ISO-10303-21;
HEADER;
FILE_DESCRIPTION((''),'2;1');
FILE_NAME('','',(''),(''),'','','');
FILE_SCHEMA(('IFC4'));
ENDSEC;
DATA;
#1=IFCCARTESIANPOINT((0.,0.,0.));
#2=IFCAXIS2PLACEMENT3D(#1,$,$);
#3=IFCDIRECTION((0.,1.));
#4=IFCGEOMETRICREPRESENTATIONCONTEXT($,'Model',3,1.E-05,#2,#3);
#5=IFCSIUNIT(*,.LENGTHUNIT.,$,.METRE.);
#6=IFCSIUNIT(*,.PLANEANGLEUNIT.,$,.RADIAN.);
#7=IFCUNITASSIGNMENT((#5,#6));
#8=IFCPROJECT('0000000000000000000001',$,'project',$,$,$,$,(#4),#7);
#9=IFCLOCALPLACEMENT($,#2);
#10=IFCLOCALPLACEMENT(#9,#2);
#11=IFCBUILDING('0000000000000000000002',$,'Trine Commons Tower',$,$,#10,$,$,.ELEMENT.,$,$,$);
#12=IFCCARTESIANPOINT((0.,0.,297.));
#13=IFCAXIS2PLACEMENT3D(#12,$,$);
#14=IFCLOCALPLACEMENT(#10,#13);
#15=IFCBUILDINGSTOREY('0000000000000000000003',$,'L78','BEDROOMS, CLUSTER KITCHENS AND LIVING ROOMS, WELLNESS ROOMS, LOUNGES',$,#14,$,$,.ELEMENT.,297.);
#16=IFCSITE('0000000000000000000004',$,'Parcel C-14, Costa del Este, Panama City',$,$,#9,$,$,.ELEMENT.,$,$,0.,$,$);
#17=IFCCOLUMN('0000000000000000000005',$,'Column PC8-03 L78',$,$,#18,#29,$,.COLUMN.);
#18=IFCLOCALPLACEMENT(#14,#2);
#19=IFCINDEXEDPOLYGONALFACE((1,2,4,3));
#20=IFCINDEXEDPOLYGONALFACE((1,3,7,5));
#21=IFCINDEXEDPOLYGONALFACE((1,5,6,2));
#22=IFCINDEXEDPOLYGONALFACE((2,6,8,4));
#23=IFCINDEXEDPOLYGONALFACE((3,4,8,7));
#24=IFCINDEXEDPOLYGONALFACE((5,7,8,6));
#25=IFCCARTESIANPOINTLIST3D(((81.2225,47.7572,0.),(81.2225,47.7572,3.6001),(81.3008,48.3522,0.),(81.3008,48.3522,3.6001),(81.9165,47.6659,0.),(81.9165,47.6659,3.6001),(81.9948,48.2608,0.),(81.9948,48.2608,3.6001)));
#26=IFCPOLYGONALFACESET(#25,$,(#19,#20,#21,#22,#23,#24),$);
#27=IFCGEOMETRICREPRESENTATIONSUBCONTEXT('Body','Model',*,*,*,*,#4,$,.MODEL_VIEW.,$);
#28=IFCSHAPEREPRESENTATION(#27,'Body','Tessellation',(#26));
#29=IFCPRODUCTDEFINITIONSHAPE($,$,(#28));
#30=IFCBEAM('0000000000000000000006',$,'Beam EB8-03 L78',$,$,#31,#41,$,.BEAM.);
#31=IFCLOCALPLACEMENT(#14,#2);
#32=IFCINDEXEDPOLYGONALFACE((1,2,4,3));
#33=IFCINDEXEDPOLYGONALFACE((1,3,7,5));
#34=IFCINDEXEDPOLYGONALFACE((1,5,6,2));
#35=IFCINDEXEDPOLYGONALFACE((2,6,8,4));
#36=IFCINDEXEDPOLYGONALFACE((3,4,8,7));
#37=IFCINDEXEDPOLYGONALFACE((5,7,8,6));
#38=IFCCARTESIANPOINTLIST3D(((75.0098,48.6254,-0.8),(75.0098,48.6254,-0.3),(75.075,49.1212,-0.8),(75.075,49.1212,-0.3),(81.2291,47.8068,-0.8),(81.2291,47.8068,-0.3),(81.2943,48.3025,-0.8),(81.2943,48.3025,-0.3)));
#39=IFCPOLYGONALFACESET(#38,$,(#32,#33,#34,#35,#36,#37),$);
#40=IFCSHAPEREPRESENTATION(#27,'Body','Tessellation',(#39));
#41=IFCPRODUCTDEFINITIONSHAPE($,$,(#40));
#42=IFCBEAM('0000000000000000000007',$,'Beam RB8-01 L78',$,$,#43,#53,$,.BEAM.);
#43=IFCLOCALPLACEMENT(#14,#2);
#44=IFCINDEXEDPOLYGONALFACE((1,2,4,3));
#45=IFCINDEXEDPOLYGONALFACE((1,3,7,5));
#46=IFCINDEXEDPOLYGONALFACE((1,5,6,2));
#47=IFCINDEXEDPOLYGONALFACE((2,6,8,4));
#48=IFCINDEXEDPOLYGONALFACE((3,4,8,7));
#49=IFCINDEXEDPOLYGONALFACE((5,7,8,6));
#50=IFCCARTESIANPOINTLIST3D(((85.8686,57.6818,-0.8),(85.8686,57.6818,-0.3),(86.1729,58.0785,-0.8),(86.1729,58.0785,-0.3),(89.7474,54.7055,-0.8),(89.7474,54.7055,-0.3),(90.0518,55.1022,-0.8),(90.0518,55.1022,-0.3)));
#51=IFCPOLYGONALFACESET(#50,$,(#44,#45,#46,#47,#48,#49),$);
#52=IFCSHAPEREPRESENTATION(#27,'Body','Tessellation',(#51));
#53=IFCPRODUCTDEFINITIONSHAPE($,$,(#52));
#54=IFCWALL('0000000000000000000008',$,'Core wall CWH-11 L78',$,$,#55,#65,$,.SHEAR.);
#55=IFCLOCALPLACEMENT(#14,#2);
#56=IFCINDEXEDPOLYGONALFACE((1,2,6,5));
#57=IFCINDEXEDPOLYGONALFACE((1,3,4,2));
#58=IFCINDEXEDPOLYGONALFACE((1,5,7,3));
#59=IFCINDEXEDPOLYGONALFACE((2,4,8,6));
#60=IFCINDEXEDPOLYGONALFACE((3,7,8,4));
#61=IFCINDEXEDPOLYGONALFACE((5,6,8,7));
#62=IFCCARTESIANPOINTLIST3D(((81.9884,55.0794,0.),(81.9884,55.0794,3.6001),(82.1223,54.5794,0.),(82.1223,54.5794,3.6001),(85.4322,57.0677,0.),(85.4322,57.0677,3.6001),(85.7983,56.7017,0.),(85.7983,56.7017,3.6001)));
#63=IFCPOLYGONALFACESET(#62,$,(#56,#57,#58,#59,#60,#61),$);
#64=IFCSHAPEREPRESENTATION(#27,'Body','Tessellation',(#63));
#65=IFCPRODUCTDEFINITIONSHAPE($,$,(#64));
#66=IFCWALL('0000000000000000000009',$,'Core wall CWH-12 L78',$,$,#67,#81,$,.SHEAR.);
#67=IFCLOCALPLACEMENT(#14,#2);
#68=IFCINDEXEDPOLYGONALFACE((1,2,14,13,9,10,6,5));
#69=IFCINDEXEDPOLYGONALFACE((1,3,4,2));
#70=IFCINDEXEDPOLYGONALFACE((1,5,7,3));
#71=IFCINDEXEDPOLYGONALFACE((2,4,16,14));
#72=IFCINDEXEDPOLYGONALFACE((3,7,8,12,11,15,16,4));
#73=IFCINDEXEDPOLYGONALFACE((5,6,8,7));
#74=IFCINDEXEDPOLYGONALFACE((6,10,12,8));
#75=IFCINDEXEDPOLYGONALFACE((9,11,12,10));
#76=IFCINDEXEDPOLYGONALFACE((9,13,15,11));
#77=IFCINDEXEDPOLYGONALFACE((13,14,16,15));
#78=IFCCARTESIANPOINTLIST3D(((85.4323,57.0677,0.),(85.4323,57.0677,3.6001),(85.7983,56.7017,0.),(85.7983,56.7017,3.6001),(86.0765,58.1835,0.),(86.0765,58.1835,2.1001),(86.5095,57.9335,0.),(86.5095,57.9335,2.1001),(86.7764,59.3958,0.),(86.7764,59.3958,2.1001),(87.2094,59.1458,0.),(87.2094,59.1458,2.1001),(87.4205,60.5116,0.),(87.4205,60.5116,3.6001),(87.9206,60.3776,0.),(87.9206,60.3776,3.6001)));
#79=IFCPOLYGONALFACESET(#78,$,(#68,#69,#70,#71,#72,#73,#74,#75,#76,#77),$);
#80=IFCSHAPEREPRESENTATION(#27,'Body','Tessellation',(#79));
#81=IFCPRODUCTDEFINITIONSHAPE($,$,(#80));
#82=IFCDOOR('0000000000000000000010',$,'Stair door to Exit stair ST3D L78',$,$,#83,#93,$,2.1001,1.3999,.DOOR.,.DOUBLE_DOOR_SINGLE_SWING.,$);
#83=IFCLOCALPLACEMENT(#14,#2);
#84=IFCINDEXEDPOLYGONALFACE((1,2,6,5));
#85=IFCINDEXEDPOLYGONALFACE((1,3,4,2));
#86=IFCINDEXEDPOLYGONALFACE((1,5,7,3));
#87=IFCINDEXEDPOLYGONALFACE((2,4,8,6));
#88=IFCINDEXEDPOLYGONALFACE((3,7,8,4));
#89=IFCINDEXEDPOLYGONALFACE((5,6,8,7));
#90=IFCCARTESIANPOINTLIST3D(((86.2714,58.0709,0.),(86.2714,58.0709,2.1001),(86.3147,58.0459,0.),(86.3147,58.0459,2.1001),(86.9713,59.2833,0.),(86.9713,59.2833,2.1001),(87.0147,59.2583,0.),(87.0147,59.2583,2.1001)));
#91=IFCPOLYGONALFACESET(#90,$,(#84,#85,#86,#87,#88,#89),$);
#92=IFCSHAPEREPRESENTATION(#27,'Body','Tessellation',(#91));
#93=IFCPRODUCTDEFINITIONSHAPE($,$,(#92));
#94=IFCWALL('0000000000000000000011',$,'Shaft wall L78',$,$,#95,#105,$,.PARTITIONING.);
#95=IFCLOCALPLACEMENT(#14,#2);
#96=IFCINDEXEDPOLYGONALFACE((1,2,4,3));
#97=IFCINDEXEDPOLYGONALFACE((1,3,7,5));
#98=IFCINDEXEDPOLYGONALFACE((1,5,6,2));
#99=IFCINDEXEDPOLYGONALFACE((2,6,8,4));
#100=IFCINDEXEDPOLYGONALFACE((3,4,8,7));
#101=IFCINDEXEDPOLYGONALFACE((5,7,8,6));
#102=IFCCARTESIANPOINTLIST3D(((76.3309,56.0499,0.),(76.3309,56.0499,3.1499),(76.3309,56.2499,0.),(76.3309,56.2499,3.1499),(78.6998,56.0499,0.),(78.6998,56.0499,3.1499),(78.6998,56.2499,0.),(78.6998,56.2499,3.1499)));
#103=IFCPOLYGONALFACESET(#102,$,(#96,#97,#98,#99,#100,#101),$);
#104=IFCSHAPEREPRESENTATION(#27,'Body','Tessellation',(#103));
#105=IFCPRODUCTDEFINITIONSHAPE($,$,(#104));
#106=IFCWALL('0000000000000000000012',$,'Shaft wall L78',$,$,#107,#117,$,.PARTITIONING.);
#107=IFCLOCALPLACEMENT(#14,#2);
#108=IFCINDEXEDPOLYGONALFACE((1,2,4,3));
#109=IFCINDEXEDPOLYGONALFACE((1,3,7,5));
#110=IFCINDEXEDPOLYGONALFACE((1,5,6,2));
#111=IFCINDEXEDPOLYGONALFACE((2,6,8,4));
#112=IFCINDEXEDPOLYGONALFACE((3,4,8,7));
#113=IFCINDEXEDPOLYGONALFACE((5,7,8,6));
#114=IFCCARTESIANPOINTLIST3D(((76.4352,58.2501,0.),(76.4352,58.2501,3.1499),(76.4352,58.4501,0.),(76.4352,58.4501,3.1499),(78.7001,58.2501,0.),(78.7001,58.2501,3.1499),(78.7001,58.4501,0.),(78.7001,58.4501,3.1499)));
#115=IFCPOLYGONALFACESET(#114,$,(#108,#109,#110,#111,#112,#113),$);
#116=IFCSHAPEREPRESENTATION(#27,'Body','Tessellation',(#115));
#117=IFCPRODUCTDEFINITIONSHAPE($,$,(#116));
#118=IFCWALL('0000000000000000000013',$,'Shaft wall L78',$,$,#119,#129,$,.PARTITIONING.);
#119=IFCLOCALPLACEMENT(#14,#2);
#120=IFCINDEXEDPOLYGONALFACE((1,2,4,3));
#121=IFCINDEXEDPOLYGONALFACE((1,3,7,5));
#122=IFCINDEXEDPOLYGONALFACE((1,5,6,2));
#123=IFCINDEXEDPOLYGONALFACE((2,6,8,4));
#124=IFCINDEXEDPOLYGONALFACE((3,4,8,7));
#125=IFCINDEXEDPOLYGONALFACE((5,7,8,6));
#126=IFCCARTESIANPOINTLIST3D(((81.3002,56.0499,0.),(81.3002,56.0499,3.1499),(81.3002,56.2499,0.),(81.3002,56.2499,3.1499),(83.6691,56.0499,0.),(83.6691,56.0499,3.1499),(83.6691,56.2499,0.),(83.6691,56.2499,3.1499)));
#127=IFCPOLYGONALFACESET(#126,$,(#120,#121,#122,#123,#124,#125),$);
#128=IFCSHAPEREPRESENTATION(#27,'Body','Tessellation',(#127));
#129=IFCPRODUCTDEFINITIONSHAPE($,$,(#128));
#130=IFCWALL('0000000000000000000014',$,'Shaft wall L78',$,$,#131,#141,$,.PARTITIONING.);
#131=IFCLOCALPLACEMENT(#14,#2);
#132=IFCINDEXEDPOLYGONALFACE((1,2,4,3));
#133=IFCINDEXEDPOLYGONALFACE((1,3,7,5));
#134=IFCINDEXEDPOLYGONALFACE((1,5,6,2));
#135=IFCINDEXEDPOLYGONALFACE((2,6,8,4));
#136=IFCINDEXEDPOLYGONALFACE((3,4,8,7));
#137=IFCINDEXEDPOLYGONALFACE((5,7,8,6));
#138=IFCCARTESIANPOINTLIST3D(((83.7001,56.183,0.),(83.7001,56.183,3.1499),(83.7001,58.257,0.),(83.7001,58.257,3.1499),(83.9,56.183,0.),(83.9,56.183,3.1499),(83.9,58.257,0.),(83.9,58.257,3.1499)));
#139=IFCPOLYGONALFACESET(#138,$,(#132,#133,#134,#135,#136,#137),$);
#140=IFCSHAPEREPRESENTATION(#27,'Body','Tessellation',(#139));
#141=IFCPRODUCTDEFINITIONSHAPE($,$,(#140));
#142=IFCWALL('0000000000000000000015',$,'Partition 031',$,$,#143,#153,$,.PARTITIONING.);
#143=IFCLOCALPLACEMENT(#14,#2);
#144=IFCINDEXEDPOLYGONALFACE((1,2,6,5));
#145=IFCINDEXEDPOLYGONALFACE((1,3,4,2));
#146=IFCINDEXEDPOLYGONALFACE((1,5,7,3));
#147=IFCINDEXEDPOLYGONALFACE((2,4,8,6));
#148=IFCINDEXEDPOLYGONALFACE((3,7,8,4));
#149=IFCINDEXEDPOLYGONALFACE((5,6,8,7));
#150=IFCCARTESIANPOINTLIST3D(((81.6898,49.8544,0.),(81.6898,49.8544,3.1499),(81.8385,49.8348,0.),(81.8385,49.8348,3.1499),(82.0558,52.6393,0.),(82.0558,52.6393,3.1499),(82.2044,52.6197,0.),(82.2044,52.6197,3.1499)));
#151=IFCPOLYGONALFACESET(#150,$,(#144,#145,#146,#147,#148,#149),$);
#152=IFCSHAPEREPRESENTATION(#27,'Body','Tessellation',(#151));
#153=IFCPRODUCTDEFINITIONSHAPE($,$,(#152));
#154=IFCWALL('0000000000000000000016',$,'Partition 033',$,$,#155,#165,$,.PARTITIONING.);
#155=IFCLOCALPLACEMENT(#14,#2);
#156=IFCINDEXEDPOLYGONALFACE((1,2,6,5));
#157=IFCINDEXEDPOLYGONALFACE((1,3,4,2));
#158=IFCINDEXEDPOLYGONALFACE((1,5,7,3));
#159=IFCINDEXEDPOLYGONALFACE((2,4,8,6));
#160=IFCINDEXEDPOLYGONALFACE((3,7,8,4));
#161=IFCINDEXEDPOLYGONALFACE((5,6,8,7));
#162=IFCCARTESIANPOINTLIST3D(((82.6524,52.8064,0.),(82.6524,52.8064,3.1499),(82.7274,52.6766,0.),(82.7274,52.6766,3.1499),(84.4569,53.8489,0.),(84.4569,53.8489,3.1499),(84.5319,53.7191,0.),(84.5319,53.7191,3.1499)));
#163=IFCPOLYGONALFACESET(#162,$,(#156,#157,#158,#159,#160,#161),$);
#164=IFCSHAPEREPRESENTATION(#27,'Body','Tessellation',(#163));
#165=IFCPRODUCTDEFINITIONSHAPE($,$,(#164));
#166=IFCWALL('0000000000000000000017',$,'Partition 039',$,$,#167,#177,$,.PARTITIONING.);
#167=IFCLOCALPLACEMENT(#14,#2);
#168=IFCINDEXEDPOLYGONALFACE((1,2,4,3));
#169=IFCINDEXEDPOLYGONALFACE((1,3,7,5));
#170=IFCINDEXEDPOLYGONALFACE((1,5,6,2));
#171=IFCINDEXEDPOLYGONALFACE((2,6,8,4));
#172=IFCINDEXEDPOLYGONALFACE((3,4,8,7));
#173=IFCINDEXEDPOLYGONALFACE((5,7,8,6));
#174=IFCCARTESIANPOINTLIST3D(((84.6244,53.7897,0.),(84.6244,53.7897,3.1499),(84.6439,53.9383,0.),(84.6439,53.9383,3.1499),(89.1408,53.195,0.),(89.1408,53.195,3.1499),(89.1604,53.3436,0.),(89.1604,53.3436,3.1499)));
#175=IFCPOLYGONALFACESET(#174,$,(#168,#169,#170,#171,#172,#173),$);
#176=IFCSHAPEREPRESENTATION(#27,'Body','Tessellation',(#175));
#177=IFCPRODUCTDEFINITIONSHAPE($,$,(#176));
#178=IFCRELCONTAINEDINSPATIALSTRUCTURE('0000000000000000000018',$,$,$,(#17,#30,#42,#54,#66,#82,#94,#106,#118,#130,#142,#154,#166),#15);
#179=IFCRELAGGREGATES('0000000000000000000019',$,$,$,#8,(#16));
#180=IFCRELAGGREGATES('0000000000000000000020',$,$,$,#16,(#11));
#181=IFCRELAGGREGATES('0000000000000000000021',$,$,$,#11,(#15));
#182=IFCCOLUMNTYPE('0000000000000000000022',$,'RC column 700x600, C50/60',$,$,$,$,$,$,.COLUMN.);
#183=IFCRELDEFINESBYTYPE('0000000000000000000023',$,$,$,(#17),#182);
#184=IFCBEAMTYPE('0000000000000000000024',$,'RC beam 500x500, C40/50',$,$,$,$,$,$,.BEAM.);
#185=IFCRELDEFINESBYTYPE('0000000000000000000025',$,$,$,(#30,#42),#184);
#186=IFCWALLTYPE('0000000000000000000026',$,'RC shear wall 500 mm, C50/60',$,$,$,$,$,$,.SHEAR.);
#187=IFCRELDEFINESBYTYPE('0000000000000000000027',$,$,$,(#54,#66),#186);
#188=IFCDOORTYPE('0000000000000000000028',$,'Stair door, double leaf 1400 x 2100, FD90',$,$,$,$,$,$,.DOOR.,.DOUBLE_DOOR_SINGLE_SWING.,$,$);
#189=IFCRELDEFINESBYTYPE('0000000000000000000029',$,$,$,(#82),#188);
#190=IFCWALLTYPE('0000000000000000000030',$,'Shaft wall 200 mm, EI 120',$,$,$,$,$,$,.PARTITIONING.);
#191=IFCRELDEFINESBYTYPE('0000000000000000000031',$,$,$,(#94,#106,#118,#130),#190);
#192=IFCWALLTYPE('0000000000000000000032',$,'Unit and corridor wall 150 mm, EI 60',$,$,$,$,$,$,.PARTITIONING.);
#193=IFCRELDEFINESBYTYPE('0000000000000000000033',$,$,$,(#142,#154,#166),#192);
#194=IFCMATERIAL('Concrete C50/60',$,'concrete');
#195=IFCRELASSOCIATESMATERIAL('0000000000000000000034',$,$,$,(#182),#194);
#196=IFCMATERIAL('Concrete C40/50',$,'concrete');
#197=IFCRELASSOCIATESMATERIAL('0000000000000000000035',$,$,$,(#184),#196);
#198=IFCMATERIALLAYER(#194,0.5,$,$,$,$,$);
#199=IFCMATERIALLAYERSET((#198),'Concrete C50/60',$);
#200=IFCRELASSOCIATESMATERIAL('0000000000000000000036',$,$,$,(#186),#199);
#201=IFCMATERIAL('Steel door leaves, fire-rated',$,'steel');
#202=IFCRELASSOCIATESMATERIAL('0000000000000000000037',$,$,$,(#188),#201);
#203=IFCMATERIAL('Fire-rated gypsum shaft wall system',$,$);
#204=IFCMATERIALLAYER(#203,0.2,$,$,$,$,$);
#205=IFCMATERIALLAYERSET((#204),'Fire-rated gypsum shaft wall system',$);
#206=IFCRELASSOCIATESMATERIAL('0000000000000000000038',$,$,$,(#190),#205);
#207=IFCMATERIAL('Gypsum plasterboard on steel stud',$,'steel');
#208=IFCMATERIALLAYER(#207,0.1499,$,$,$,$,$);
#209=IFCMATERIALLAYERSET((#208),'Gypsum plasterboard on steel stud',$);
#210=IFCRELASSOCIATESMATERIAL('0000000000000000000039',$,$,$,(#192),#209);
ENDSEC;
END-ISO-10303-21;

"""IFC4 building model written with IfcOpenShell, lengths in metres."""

from ifc_helpers import new_model, si_unit, direction, frame, frame_2d, origin, origin_2d, place, context, subcontext, project, spatial, polyline, rectangle, outline, extrude, material, layer, layer_set, material_profile, profile_set, type_object, element, fill, save


model = new_model("IFC4")

# Units and contexts
model_context = context("Model", 3, precision=1e-05, world=origin(), true_north=direction((0.0, 1.0)))
body_context = subcontext(model_context, "Body", "Model", "MODEL_VIEW")
ifc_project = project(units=[si_unit("LENGTHUNIT", "METRE"), si_unit("PLANEANGLEUNIT", "RADIAN")], contexts=[model_context])

# Site, building, storey
site_placement = place(None, origin())
site = spatial("IfcSite", under=ifc_project, at=site_placement, Name="Parcel C-14, Costa del Este, Panama City", CompositionType="ELEMENT", RefElevation=0.0)
building_placement = place(site_placement, origin())
building = spatial("IfcBuilding", under=site, at=building_placement, Name="Trine Commons Tower", CompositionType="ELEMENT")
storey_placement = place(building_placement, frame((0.0, 0.0, 297.0)))
storey = spatial("IfcBuildingStorey", under=building, at=storey_placement, Name="L78", Description="BEDROOMS, CLUSTER KITCHENS AND LIVING ROOMS, WELLNESS ROOMS, LOUNGES", CompositionType="ELEMENT", Elevation=297.0)

# Column
ifc_material_1 = material(Name="Concrete C50/60", Category="concrete")
ifc_material_profile_1 = material_profile(ifc_material_1, rectangle(XDim=0.7, YDim=0.6001, at=origin_2d()), Name="RC 700x600")
ifc_profile_set_1 = profile_set([ifc_material_profile_1], Name="Concrete C50/60")
column_type = type_object("IfcColumnType", Name="RC column 700x600, C50/60", PredefinedType="COLUMN", material=ifc_profile_set_1)
column_placement = place(storey_placement, frame((81.6086, 48.009, 0.0), z_axis=(0.0, 0.0, 1.0), x_axis=(-0.991445, 0.130526, 0.0)))
element("IfcColumn", 1, at=column_placement, inside=storey, type_object=column_type, Name="Column PC8-03 L78", PredefinedType="COLUMN", context=body_context, shape_type="SweptSolid", body=[
    extrude(rectangle(XDim=0.7, YDim=0.6001, at=origin_2d()), origin(), (0.0, 0.0, 1.0), 3.6001),
])

# Beams
ifc_material_2 = material(Name="Concrete C40/50", Category="concrete")
ifc_material_profile_2 = material_profile(ifc_material_2, rectangle(XDim=0.5, YDim=0.5, at=origin_2d()), Name="RC 500x500")
ifc_profile_set_2 = profile_set([ifc_material_profile_2], Name="Concrete C40/50")
beam_type = type_object("IfcBeamType", Name="RC beam 500x500, C40/50", PredefinedType="BEAM", material=ifc_profile_set_2)
beam_1_placement = place(storey_placement, frame((81.2617, 48.0547, -0.55), z_axis=(-0.991448, 0.130499, 0.0), x_axis=(-0.130499, -0.991448, 0.0)))
element("IfcBeam", 2, at=beam_1_placement, inside=storey, type_object=beam_type, Name="Beam EB8-03 L78", PredefinedType="BEAM", context=body_context, shape_type="SweptSolid", body=[
    extrude(rectangle(XDim=0.5, YDim=0.5, at=origin_2d()), origin(), (0.0, 0.0, 1.0), 6.2729),
])
beam_2_placement = place(storey_placement, frame((86.0208, 57.8801, -0.55), z_axis=(0.79336, -0.608752, 0.0), x_axis=(0.608752, 0.79336, 0.0)))
element("IfcBeam", 3, at=beam_2_placement, inside=storey, type_object=beam_type, Name="Beam RB8-01 L78", PredefinedType="BEAM", context=body_context, shape_type="SweptSolid", body=[
    extrude(rectangle(XDim=0.5, YDim=0.5, at=origin_2d()), origin(), (0.0, 0.0, 1.0), 4.8892),
])

# Wall
ifc_layer_1 = layer(ifc_material_1, 0.5)
ifc_layer_set_1 = layer_set([ifc_layer_1], Name="Concrete C50/60")
wall_type_1 = type_object("IfcWallType", Name="RC shear wall 500 mm, C50/60", PredefinedType="SHEAR", material=ifc_layer_set_1)
wall_1_placement = place(storey_placement, frame((81.9973, 54.7959, 0.0), z_axis=(0.0, 0.0, 1.0), x_axis=(0.866029, 0.499993, 0.0)))
element("IfcWall", 4, at=wall_1_placement, inside=storey, type_object=wall_type_1, Name="Core wall CWH-11 L78", PredefinedType="SHEAR", context=body_context, shape_type="SweptSolid", body=[
    extrude(outline(polyline([(0.0, -0.25), (4.2446, -0.25), (4.1106, 0.25), (0.134, 0.25), (0.0, -0.25)])), origin(), (0.0, 0.0, 1.0), 3.6001),
])

# Wall, opening, door
wall_2_placement = place(storey_placement, frame((85.5818, 56.8267, 0.0), z_axis=(0.0, 0.0, 1.0), x_axis=(0.499993, 0.866029, 0.0)))
wall_2 = element("IfcWall", 5, at=wall_2_placement, inside=storey, type_object=wall_type_1, Name="Core wall CWH-12 L78", PredefinedType="SHEAR", context=body_context, shape_type="SweptSolid", body=[
    extrude(outline(polyline([(0.0, -0.25), (4.2446, -0.25), (4.1106, 0.25), (0.134, 0.25), (0.0, -0.25)])), origin(), (0.0, 0.0, 1.0), 3.6001),
])
opening_1_placement = place(wall_2_placement, frame((1.4224, 0.0, 0.0)))
opening_1 = element("IfcOpeningElement", 6, at=opening_1_placement, cuts=wall_2, PredefinedType="OPENING", context=body_context, shape_type="SweptSolid", body=[
    extrude(rectangle(XDim=1.3999, YDim=2.1001, at=frame_2d((0.7, 1.05))), frame((0.0, 0.26, 0.0), z_axis=(0.0, -1.0, 0.0), x_axis=(1.0, 0.0, 0.0)), (0.0, 0.0, 1.0), 0.52),
])
ifc_material_3 = material(Name="Steel door leaves, fire-rated", Category="steel")
door_type_1 = type_object("IfcDoorType", Name="Stair door, double leaf 1400 x 2100, FD90", OperationType="DOUBLE_DOOR_SINGLE_SWING", PredefinedType="DOOR", material=ifc_material_3)
door_1_placement = place(opening_1_placement, origin())
door_1 = element("IfcDoor", 7, at=door_1_placement, inside=storey, type_object=door_type_1, Name="Stair door to Exit stair ST3D L78", OperationType="DOUBLE_DOOR_SINGLE_SWING", OverallHeight=2.1001, OverallWidth=1.3999, PredefinedType="DOOR", context=body_context, shape_type="SweptSolid", body=[
    extrude(rectangle(XDim=1.3999, YDim=2.1001, at=frame_2d((0.7, 1.05))), frame((0.0, 0.0249, 0.0), z_axis=(0.0, -1.0, 0.0), x_axis=(1.0, 0.0, 0.0)), (0.0, 0.0, 1.0), 0.05),
])
fill(opening_1, door_1)

# Walls
ifc_material_4 = material(Name="Fire-rated gypsum shaft wall system")
ifc_layer_2 = layer(ifc_material_4, 0.2)
ifc_layer_set_2 = layer_set([ifc_layer_2], Name="Fire-rated gypsum shaft wall system")
wall_type_2 = type_object("IfcWallType", Name="Shaft wall 200 mm, EI 120", PredefinedType="PARTITIONING", material=ifc_layer_set_2)
wall_3_placement = place(storey_placement, frame((78.7, 56.1499, 0.0), z_axis=(0.0, 0.0, 1.0), x_axis=(-1.0, 0.0, 0.0)))
element("IfcWall", 8, at=wall_3_placement, inside=storey, type_object=wall_type_2, Name="Shaft wall L78", PredefinedType="PARTITIONING", context=body_context, shape_type="SweptSolid", body=[
    extrude(rectangle(XDim=2.3689, YDim=0.2, at=frame_2d((1.1846, 0.0))), origin(), (0.0, 0.0, 1.0), 3.1499),
])
wall_4_placement = place(storey_placement, frame((78.7, 58.3501, 0.0), z_axis=(0.0, 0.0, 1.0), x_axis=(-1.0, 0.0, 0.0)))
element("IfcWall", 9, at=wall_4_placement, inside=storey, type_object=wall_type_2, Name="Shaft wall L78", PredefinedType="PARTITIONING", context=body_context, shape_type="SweptSolid", body=[
    extrude(rectangle(XDim=2.2649, YDim=0.2, at=frame_2d((1.1323, 0.0))), origin(), (0.0, 0.0, 1.0), 3.1499),
])
wall_5_placement = place(storey_placement, frame((81.3, 56.1499, 0.0), z_axis=(0.0, 0.0, 1.0), x_axis=(1.0, 0.0, 0.0)))
element("IfcWall", 10, at=wall_5_placement, inside=storey, type_object=wall_type_2, Name="Shaft wall L78", PredefinedType="PARTITIONING", context=body_context, shape_type="SweptSolid", body=[
    extrude(rectangle(XDim=2.3689, YDim=0.2, at=frame_2d((1.1846, 0.0))), origin(), (0.0, 0.0, 1.0), 3.1499),
])
wall_6_placement = place(storey_placement, frame((83.8, 58.2571, 0.0), z_axis=(0.0, 0.0, 1.0), x_axis=(0.0, -1.0, 0.0)))
element("IfcWall", 11, at=wall_6_placement, inside=storey, type_object=wall_type_2, Name="Shaft wall L78", PredefinedType="PARTITIONING", context=body_context, shape_type="SweptSolid", body=[
    extrude(rectangle(XDim=2.074, YDim=0.2, at=frame_2d((1.0371, 0.0))), origin(), (0.0, 0.0, 1.0), 3.1499),
])
ifc_material_5 = material(Name="Gypsum plasterboard on steel stud", Category="steel")
ifc_layer_3 = layer(ifc_material_5, 0.1499)
ifc_layer_set_3 = layer_set([ifc_layer_3], Name="Gypsum plasterboard on steel stud")
wall_type_3 = type_object("IfcWallType", Name="Unit and corridor wall 150 mm, EI 60", PredefinedType="PARTITIONING", material=ifc_layer_set_3)
wall_7_placement = place(storey_placement, frame((81.7642, 49.8447, 0.0), z_axis=(0.0, 0.0, 1.0), x_axis=(0.13029, 0.991476, 0.0)))
element("IfcWall", 12, at=wall_7_placement, inside=storey, type_object=wall_type_3, Name="Partition 031", PredefinedType="PARTITIONING", context=body_context, shape_type="SweptSolid", body=[
    extrude(rectangle(XDim=2.8088, YDim=0.1499, at=frame_2d((1.4043, 0.0))), origin(), (0.0, 0.0, 1.0), 3.1499),
])
wall_8_placement = place(storey_placement, frame((82.6899, 52.7415, 0.0), z_axis=(0.0, 0.0, 1.0), x_axis=(0.865883, 0.500246, 0.0)))
element("IfcWall", 13, at=wall_8_placement, inside=storey, type_object=wall_type_3, Name="Partition 033", PredefinedType="PARTITIONING", context=body_context, shape_type="SweptSolid", body=[
    extrude(rectangle(XDim=2.084, YDim=0.1499, at=frame_2d((1.042, 0.0))), origin(), (0.0, 0.0, 1.0), 3.1499),
])
wall_9_placement = place(storey_placement, frame((84.634, 53.864, 0.0), z_axis=(0.0, 0.0, 1.0), x_axis=(0.991441, -0.130556, 0.0)))
element("IfcWall", 14, at=wall_9_placement, inside=storey, type_object=wall_type_3, Name="Partition 039", PredefinedType="PARTITIONING", context=body_context, shape_type="SweptSolid", body=[
    extrude(rectangle(XDim=4.5554, YDim=0.1499, at=frame_2d((2.2778, 0.0))), origin(), (0.0, 0.0, 1.0), 3.1499),
])

save(model, "model.ifc")
